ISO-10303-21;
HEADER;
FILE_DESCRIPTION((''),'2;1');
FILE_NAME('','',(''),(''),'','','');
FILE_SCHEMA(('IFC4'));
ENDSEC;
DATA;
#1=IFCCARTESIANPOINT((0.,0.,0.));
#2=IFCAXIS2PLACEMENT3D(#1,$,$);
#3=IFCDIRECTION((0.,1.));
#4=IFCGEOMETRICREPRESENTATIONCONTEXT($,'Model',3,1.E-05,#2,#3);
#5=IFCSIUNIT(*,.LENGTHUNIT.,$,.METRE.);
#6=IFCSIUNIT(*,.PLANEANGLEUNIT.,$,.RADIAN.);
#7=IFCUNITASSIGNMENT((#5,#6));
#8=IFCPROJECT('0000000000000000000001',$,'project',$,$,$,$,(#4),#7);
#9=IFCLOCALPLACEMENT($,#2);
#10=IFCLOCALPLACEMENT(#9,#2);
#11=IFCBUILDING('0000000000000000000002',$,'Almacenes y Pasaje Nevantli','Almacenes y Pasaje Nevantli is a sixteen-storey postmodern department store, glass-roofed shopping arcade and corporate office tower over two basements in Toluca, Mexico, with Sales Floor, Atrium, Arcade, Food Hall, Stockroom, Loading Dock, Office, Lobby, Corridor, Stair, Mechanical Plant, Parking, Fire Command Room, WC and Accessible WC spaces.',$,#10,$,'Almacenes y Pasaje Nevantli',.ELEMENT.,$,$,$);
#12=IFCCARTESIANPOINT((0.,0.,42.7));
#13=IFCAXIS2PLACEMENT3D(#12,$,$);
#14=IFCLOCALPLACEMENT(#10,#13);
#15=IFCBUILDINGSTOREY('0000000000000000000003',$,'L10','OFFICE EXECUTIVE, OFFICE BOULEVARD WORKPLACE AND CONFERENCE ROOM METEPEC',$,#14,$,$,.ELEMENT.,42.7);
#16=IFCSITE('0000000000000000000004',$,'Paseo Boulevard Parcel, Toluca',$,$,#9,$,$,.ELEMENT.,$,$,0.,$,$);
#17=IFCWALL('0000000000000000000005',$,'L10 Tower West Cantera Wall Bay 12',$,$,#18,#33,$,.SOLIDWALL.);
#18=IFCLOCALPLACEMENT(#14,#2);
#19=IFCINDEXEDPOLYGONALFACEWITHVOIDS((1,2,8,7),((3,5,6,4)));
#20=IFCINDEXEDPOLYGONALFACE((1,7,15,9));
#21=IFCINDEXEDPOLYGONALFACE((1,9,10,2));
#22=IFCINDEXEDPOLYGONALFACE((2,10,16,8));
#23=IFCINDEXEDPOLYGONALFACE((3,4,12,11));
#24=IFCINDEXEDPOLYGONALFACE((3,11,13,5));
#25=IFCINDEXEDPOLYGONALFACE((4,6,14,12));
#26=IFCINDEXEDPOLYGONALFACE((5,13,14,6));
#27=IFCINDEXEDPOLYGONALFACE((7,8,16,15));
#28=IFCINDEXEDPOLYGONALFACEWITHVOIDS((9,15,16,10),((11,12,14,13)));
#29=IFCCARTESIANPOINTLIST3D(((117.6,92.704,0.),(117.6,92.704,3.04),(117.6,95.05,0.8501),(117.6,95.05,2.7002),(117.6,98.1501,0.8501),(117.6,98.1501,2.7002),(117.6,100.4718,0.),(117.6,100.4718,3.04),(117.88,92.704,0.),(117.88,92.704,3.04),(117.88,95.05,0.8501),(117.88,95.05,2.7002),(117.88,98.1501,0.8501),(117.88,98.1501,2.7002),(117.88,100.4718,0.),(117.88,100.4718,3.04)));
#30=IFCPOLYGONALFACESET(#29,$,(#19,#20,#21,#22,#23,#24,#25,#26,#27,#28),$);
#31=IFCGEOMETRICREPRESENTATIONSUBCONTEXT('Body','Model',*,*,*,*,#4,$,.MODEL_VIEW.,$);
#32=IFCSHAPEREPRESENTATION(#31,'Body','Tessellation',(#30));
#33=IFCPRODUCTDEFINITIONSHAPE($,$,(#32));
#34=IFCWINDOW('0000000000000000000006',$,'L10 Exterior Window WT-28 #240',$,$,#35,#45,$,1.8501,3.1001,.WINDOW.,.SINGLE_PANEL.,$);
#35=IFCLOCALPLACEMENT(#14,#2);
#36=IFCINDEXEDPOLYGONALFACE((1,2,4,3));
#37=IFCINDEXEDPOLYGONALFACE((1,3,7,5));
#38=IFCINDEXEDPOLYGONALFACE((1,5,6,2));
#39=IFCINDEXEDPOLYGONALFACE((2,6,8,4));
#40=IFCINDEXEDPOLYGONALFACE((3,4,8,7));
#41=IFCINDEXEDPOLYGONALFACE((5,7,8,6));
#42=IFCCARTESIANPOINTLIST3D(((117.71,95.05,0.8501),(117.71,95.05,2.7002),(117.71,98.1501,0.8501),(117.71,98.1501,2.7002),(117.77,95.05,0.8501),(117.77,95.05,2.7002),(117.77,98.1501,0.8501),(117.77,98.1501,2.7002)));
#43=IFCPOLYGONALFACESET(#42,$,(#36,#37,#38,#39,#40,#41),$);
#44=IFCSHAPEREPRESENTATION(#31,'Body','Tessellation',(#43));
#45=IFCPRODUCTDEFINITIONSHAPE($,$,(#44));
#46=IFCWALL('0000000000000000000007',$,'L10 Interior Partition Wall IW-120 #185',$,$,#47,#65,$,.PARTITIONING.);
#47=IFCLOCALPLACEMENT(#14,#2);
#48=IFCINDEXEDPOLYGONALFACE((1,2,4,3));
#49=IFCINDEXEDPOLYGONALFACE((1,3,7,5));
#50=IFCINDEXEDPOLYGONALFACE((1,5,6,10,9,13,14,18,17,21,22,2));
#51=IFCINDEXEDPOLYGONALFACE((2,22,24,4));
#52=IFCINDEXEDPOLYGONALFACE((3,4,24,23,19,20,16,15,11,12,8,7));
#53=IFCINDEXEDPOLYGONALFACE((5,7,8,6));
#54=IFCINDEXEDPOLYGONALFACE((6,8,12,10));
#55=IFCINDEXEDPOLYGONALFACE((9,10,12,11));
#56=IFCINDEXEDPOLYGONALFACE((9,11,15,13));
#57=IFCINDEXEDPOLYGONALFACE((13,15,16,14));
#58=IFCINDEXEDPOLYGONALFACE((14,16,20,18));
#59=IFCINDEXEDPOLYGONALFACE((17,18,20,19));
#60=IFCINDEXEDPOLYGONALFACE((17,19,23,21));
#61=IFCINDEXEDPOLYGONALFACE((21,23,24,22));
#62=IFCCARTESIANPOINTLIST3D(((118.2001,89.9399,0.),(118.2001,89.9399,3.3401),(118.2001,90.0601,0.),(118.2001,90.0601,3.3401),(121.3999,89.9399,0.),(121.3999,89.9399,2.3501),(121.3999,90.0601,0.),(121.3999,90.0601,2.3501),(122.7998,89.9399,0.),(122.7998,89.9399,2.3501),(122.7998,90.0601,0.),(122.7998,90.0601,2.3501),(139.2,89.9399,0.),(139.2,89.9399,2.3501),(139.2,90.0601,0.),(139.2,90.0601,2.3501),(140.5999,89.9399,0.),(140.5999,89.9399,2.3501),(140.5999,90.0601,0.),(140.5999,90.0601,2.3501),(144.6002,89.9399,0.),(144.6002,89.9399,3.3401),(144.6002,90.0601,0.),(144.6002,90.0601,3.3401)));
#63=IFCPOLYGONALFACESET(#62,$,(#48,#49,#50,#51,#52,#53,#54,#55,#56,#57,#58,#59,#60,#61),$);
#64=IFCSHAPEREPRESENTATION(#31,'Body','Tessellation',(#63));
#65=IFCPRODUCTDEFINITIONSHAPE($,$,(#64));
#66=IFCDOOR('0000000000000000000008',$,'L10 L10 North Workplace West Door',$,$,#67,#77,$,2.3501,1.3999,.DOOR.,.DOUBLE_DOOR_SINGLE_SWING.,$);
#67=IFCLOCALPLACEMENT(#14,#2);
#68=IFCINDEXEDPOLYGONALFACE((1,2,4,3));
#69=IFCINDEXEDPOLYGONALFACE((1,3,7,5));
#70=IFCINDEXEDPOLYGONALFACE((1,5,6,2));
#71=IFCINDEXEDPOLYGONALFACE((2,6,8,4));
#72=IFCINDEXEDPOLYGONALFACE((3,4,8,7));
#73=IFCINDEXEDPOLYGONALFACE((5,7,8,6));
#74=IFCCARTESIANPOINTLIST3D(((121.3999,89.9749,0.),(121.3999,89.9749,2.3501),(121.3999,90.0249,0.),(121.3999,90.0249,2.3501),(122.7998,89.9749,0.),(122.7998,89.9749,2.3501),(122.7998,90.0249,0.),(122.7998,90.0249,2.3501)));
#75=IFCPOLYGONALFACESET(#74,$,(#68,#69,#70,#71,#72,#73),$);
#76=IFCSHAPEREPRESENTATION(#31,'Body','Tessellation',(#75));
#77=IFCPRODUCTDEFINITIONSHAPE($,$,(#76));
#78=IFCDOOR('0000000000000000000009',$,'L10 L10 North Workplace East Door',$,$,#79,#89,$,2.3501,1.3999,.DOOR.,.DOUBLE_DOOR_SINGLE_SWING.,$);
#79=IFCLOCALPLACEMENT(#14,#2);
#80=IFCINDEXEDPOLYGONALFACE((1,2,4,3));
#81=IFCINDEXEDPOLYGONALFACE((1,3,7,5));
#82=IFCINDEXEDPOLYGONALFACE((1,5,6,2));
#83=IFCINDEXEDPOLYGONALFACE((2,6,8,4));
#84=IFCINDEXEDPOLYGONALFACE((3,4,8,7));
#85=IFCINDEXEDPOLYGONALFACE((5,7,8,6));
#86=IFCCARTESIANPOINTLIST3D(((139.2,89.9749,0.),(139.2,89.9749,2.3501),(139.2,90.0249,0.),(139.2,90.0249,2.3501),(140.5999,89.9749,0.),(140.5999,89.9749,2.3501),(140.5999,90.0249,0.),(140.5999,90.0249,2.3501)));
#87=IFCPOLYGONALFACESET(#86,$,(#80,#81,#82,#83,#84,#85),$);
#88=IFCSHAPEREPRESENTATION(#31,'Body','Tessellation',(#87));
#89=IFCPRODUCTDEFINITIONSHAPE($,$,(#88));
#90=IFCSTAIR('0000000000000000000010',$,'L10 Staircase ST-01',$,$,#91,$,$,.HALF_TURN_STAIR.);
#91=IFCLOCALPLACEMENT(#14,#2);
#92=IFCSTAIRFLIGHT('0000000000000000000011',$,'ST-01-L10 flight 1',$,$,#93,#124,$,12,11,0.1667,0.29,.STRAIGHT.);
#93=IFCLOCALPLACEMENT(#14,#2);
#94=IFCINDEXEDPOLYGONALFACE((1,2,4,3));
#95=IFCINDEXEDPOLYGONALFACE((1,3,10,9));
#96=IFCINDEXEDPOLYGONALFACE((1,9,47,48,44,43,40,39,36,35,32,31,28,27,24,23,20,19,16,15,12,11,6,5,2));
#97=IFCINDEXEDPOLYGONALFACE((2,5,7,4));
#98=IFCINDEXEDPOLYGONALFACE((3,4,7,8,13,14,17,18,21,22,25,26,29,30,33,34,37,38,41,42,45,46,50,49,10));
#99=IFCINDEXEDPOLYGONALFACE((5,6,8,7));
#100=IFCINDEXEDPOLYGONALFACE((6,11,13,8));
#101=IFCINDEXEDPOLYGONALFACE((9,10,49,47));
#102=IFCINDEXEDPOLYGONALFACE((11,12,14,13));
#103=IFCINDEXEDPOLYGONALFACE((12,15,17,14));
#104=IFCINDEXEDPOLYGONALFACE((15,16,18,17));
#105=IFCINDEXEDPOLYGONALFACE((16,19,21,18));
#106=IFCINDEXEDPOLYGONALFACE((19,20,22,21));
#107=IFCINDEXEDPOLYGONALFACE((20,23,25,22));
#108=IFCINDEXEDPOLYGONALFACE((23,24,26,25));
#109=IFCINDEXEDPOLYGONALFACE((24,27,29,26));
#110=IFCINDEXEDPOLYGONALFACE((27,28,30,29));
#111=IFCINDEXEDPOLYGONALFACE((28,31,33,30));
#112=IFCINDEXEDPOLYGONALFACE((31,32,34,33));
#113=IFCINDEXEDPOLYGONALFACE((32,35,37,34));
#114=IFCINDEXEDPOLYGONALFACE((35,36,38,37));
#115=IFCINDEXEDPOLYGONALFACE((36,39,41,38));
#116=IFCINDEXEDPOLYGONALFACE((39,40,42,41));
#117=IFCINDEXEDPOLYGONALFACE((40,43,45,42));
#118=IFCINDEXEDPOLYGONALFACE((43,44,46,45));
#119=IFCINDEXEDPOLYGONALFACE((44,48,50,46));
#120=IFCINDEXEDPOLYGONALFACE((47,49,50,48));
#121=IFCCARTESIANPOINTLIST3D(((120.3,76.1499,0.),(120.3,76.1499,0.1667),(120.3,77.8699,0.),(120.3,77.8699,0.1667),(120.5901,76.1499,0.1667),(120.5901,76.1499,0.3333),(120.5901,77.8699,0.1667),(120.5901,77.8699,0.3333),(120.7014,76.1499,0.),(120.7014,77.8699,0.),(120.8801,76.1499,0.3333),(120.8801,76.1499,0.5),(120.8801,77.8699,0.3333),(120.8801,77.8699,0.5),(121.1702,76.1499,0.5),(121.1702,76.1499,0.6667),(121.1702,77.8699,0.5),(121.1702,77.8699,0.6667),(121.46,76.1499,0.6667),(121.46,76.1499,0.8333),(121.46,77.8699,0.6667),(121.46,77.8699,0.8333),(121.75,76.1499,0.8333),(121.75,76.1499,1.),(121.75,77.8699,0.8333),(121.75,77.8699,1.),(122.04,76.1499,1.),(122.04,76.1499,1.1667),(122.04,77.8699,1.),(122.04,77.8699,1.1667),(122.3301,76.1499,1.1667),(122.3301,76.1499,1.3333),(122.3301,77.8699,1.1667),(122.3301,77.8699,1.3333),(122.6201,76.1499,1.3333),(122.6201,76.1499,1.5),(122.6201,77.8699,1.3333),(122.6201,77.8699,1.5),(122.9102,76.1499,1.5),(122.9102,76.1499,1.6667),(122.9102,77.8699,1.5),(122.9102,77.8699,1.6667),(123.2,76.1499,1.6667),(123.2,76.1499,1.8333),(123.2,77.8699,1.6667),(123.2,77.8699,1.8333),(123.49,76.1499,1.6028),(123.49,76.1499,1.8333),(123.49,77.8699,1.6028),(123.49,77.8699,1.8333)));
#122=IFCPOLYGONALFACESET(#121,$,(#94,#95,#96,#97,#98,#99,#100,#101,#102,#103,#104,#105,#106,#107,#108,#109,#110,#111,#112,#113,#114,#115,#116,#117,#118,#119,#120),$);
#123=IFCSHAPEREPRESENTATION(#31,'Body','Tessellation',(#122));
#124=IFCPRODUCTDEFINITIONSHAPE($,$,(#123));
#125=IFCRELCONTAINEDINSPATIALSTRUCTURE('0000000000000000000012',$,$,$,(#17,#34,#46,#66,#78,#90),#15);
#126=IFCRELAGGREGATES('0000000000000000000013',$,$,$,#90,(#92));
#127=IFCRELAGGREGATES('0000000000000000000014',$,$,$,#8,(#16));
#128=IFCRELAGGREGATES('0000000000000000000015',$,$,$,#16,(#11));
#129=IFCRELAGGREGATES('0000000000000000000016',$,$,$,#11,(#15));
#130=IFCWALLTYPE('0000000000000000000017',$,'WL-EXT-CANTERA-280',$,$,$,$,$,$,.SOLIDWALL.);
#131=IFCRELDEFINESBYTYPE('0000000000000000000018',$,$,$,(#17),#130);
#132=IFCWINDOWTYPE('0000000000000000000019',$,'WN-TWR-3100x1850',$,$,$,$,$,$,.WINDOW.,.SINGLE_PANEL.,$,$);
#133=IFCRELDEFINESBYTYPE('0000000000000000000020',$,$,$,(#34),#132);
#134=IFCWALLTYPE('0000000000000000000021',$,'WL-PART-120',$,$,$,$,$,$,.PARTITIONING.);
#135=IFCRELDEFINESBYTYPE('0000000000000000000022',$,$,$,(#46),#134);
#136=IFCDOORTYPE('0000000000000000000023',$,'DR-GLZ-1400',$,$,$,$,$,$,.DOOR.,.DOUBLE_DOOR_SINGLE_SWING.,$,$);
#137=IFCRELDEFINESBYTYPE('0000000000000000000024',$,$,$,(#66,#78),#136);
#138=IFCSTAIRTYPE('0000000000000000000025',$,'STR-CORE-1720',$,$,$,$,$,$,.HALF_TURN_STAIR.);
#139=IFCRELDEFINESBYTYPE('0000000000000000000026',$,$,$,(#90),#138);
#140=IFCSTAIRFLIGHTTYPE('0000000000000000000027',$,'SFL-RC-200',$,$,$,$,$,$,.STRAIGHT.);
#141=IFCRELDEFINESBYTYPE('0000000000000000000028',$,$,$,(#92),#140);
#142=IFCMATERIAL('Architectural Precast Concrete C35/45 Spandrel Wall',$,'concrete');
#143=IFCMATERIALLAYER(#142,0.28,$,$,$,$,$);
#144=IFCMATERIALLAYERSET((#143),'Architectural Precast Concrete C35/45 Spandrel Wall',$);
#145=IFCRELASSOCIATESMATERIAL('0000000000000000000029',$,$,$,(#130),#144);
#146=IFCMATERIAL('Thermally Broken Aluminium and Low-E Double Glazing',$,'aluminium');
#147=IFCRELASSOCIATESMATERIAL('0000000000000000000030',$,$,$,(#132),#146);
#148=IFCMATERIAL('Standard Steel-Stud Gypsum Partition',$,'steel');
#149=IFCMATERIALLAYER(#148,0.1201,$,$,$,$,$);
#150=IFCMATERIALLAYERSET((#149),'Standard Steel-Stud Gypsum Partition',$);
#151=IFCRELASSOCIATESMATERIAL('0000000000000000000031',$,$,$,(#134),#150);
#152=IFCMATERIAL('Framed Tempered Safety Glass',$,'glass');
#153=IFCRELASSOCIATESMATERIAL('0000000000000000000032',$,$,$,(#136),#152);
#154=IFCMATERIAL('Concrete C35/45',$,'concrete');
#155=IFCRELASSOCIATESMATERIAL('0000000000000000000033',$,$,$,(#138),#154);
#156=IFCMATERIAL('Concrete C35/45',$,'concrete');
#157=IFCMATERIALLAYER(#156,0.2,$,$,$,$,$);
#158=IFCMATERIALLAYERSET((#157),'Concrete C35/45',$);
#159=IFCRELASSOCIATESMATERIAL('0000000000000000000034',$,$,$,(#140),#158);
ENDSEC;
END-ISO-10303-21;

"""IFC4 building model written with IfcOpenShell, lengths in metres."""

from ifc_helpers import new_model, si_unit, direction, frame, frame_2d, origin, place, context, subcontext, project, spatial, polyline, rectangle, outline, extrude, material, layer, layer_set, type_object, element, fill, aggregate, save


model = new_model("IFC4")

# Units and contexts
model_context = context("Model", 3, precision=1e-05, world=origin(), true_north=direction((0.0, 1.0)))
body_context = subcontext(model_context, "Body", "Model", "MODEL_VIEW")
ifc_project = project(units=[si_unit("LENGTHUNIT", "METRE"), si_unit("PLANEANGLEUNIT", "RADIAN")], contexts=[model_context])

# Site, building, storey
site_placement = place(None, origin())
site = spatial("IfcSite", under=ifc_project, at=site_placement, Name="Paseo Boulevard Parcel, Toluca", CompositionType="ELEMENT", RefElevation=0.0)
building_placement = place(site_placement, origin())
building = spatial("IfcBuilding", under=site, at=building_placement, Name="Almacenes y Pasaje Nevantli", Description="Almacenes y Pasaje Nevantli is a sixteen-storey postmodern department store, glass-roofed shopping arcade and corporate office tower over two basements in Toluca, Mexico, with Sales Floor, Atrium, Arcade, Food Hall, Stockroom, Loading Dock, Office, Lobby, Corridor, Stair, Mechanical Plant, Parking, Fire Command Room, WC and Accessible WC spaces.", LongName="Almacenes y Pasaje Nevantli", CompositionType="ELEMENT")
storey_placement = place(building_placement, frame((0.0, 0.0, 42.7)))
storey = spatial("IfcBuildingStorey", under=building, at=storey_placement, Name="L10", Description="OFFICE EXECUTIVE, OFFICE BOULEVARD WORKPLACE AND CONFERENCE ROOM METEPEC", CompositionType="ELEMENT", Elevation=42.7)

# Wall, opening, window
ifc_material_1 = material(Name="Architectural Precast Concrete C35/45 Spandrel Wall", Category="concrete")
ifc_layer_1 = layer(ifc_material_1, 0.28)
ifc_layer_set_1 = layer_set([ifc_layer_1], Name="Architectural Precast Concrete C35/45 Spandrel Wall")
wall_type_1 = type_object("IfcWallType", Name="WL-EXT-CANTERA-280", PredefinedType="SOLIDWALL", material=ifc_layer_set_1)
wall_1_placement = place(storey_placement, frame((117.74, 92.7041, 0.0), z_axis=(0.0, 0.0, 1.0), x_axis=(0.0, 1.0, 0.0)))
wall_1 = element("IfcWall", 1, at=wall_1_placement, inside=storey, type_object=wall_type_1, Name="L10 Tower West Cantera Wall Bay 12", PredefinedType="SOLIDWALL", context=body_context, shape_type="SweptSolid", body=[
    extrude(rectangle(XDim=7.7678, YDim=0.28, at=frame_2d((3.8838, 0.0))), origin(), (0.0, 0.0, 1.0), 3.04),
])
opening_1_placement = place(wall_1_placement, frame((2.3459, 0.0, 0.8501)))
opening_1 = element("IfcOpeningElement", 2, at=opening_1_placement, cuts=wall_1, PredefinedType="OPENING", context=body_context, shape_type="SweptSolid", body=[
    extrude(rectangle(XDim=3.1001, YDim=1.8501, at=frame_2d((1.55, 0.925))), frame((0.0, 0.1499, 0.0), z_axis=(0.0, -1.0, 0.0), x_axis=(1.0, 0.0, 0.0)), (0.0, 0.0, 1.0), 0.3),
])
ifc_material_2 = material(Name="Thermally Broken Aluminium and Low-E Double Glazing", Category="aluminium")
window_type_1 = type_object("IfcWindowType", Name="WN-TWR-3100x1850", PartitioningType="SINGLE_PANEL", PredefinedType="WINDOW", material=ifc_material_2)
window_1_placement = place(opening_1_placement, origin())
window_1 = element("IfcWindow", 3, at=window_1_placement, inside=storey, type_object=window_type_1, Name="L10 Exterior Window WT-28 #240", OverallHeight=1.8501, OverallWidth=3.1001, PartitioningType="SINGLE_PANEL", PredefinedType="WINDOW", context=body_context, shape_type="SweptSolid", body=[
    extrude(rectangle(XDim=3.1001, YDim=1.8501, at=frame_2d((1.55, 0.925))), frame((0.0, 0.03, 0.0), z_axis=(0.0, -1.0, 0.0), x_axis=(1.0, 0.0, 0.0)), (0.0, 0.0, 1.0), 0.0601),
])
fill(opening_1, window_1)

# Wall, openings, doors
ifc_material_3 = material(Name="Standard Steel-Stud Gypsum Partition", Category="steel")
ifc_layer_2 = layer(ifc_material_3, 0.1201)
ifc_layer_set_2 = layer_set([ifc_layer_2], Name="Standard Steel-Stud Gypsum Partition")
wall_type_2 = type_object("IfcWallType", Name="WL-PART-120", PredefinedType="PARTITIONING", material=ifc_layer_set_2)
wall_2_placement = place(storey_placement, frame((118.2, 90.0, 0.0), z_axis=(0.0, 0.0, 1.0), x_axis=(1.0, 0.0, 0.0)))
wall_2 = element("IfcWall", 4, at=wall_2_placement, inside=storey, type_object=wall_type_2, Name="L10 Interior Partition Wall IW-120 #185", PredefinedType="PARTITIONING", context=body_context, shape_type="SweptSolid", body=[
    extrude(rectangle(XDim=26.4001, YDim=0.1201, at=frame_2d((13.2002, 0.0))), origin(), (0.0, 0.0, 1.0), 3.3401),
])
opening_2_placement = place(wall_2_placement, frame((3.2, 0.0, 0.0)))
opening_2 = element("IfcOpeningElement", 5, at=opening_2_placement, cuts=wall_2, PredefinedType="OPENING", context=body_context, shape_type="SweptSolid", body=[
    extrude(rectangle(XDim=1.3999, YDim=2.3501, at=frame_2d((0.7, 1.175))), frame((0.0, 0.0701, 0.0), z_axis=(0.0, -1.0, 0.0), x_axis=(1.0, 0.0, 0.0)), (0.0, 0.0, 1.0), 0.1401),
])
opening_3_placement = place(wall_2_placement, frame((21.0, 0.0, 0.0)))
opening_3 = element("IfcOpeningElement", 6, at=opening_3_placement, cuts=wall_2, PredefinedType="OPENING", context=body_context, shape_type="SweptSolid", body=[
    extrude(rectangle(XDim=1.3999, YDim=2.3501, at=frame_2d((0.7, 1.175))), frame((0.0, 0.0701, 0.0), z_axis=(0.0, -1.0, 0.0), x_axis=(1.0, 0.0, 0.0)), (0.0, 0.0, 1.0), 0.1401),
])
ifc_material_4 = material(Name="Framed Tempered Safety Glass", Category="glass")
door_type_1 = type_object("IfcDoorType", Name="DR-GLZ-1400", OperationType="DOUBLE_DOOR_SINGLE_SWING", PredefinedType="DOOR", material=ifc_material_4)
door_1_placement = place(opening_2_placement, origin())
door_1 = element("IfcDoor", 7, at=door_1_placement, inside=storey, type_object=door_type_1, Name="L10 L10 North Workplace West Door", OperationType="DOUBLE_DOOR_SINGLE_SWING", OverallHeight=2.3501, OverallWidth=1.3999, PredefinedType="DOOR", context=body_context, shape_type="SweptSolid", body=[
    extrude(rectangle(XDim=1.3999, YDim=2.3501, at=frame_2d((0.7, 1.175))), frame((0.0, 0.0249, 0.0), z_axis=(0.0, -1.0, 0.0), x_axis=(1.0, 0.0, 0.0)), (0.0, 0.0, 1.0), 0.05),
])
fill(opening_2, door_1)
door_2_placement = place(opening_3_placement, origin())
door_2 = element("IfcDoor", 8, at=door_2_placement, inside=storey, type_object=door_type_1, Name="L10 L10 North Workplace East Door", OperationType="DOUBLE_DOOR_SINGLE_SWING", OverallHeight=2.3501, OverallWidth=1.3999, PredefinedType="DOOR", context=body_context, shape_type="SweptSolid", body=[
    extrude(rectangle(XDim=1.3999, YDim=2.3501, at=frame_2d((0.7, 1.175))), frame((0.0, 0.0249, 0.0), z_axis=(0.0, -1.0, 0.0), x_axis=(1.0, 0.0, 0.0)), (0.0, 0.0, 1.0), 0.05),
])
fill(opening_3, door_2)

# Stair, stair flight
ifc_material_5 = material(Name="Concrete C35/45", Category="concrete")
stair_type = type_object("IfcStairType", Name="STR-CORE-1720", PredefinedType="HALF_TURN_STAIR", material=ifc_material_5)
stair_placement = place(storey_placement, origin())
stair = element("IfcStair", 9, at=stair_placement, inside=storey, type_object=stair_type, Name="L10 Staircase ST-01", PredefinedType="HALF_TURN_STAIR")
ifc_material_6 = material(Name="Concrete C35/45", Category="concrete")
ifc_layer_3 = layer(ifc_material_6, 0.2)
ifc_layer_set_3 = layer_set([ifc_layer_3], Name="Concrete C35/45")
stair_flight_type = type_object("IfcStairFlightType", Name="SFL-RC-200", PredefinedType="STRAIGHT", material=ifc_layer_set_3)
stair_flight_placement = place(storey_placement, frame((120.3, 77.01, 0.0), z_axis=(0.0, 0.0, 1.0), x_axis=(1.0, 0.0, 0.0)))
stair_flight = element("IfcStairFlight", 10, at=stair_flight_placement, type_object=stair_flight_type, Name="ST-01-L10 flight 1", NumberOfRisers=12, NumberOfTreads=11, PredefinedType="STRAIGHT", RiserHeight=0.1667, TreadLength=0.29, context=body_context, shape_type="SweptSolid", body=[
    extrude(outline(polyline([(0.0, 0.0), (0.0, 0.1667), (0.29, 0.1667), (0.29, 0.3333), (0.5801, 0.3333), (0.5801, 0.5), (0.8701, 0.5), (0.8701, 0.6667), (1.1599, 0.6667), (1.1599, 0.8333), (1.45, 0.8333), (1.45, 1.0), (1.74, 1.0), (1.74, 1.1667), (2.03, 1.1667), (2.03, 1.3333), (2.3201, 1.3333), (2.3201, 1.5), (2.6101, 1.5), (2.6101, 1.6667), (2.8999, 1.6667), (2.8999, 1.8333), (3.1899, 1.8333), (3.1899, 2.0), (3.1899, 1.6028), (0.4014, 0.0), (0.0, 0.0)])), frame((0.0, 0.8599, 0.0), z_axis=(0.0, -1.0, 0.0), x_axis=(1.0, 0.0, 0.0)), (0.0, 0.0, 1.0), 1.72),
])
aggregate(stair, [stair_flight])

save(model, "model.ifc")
